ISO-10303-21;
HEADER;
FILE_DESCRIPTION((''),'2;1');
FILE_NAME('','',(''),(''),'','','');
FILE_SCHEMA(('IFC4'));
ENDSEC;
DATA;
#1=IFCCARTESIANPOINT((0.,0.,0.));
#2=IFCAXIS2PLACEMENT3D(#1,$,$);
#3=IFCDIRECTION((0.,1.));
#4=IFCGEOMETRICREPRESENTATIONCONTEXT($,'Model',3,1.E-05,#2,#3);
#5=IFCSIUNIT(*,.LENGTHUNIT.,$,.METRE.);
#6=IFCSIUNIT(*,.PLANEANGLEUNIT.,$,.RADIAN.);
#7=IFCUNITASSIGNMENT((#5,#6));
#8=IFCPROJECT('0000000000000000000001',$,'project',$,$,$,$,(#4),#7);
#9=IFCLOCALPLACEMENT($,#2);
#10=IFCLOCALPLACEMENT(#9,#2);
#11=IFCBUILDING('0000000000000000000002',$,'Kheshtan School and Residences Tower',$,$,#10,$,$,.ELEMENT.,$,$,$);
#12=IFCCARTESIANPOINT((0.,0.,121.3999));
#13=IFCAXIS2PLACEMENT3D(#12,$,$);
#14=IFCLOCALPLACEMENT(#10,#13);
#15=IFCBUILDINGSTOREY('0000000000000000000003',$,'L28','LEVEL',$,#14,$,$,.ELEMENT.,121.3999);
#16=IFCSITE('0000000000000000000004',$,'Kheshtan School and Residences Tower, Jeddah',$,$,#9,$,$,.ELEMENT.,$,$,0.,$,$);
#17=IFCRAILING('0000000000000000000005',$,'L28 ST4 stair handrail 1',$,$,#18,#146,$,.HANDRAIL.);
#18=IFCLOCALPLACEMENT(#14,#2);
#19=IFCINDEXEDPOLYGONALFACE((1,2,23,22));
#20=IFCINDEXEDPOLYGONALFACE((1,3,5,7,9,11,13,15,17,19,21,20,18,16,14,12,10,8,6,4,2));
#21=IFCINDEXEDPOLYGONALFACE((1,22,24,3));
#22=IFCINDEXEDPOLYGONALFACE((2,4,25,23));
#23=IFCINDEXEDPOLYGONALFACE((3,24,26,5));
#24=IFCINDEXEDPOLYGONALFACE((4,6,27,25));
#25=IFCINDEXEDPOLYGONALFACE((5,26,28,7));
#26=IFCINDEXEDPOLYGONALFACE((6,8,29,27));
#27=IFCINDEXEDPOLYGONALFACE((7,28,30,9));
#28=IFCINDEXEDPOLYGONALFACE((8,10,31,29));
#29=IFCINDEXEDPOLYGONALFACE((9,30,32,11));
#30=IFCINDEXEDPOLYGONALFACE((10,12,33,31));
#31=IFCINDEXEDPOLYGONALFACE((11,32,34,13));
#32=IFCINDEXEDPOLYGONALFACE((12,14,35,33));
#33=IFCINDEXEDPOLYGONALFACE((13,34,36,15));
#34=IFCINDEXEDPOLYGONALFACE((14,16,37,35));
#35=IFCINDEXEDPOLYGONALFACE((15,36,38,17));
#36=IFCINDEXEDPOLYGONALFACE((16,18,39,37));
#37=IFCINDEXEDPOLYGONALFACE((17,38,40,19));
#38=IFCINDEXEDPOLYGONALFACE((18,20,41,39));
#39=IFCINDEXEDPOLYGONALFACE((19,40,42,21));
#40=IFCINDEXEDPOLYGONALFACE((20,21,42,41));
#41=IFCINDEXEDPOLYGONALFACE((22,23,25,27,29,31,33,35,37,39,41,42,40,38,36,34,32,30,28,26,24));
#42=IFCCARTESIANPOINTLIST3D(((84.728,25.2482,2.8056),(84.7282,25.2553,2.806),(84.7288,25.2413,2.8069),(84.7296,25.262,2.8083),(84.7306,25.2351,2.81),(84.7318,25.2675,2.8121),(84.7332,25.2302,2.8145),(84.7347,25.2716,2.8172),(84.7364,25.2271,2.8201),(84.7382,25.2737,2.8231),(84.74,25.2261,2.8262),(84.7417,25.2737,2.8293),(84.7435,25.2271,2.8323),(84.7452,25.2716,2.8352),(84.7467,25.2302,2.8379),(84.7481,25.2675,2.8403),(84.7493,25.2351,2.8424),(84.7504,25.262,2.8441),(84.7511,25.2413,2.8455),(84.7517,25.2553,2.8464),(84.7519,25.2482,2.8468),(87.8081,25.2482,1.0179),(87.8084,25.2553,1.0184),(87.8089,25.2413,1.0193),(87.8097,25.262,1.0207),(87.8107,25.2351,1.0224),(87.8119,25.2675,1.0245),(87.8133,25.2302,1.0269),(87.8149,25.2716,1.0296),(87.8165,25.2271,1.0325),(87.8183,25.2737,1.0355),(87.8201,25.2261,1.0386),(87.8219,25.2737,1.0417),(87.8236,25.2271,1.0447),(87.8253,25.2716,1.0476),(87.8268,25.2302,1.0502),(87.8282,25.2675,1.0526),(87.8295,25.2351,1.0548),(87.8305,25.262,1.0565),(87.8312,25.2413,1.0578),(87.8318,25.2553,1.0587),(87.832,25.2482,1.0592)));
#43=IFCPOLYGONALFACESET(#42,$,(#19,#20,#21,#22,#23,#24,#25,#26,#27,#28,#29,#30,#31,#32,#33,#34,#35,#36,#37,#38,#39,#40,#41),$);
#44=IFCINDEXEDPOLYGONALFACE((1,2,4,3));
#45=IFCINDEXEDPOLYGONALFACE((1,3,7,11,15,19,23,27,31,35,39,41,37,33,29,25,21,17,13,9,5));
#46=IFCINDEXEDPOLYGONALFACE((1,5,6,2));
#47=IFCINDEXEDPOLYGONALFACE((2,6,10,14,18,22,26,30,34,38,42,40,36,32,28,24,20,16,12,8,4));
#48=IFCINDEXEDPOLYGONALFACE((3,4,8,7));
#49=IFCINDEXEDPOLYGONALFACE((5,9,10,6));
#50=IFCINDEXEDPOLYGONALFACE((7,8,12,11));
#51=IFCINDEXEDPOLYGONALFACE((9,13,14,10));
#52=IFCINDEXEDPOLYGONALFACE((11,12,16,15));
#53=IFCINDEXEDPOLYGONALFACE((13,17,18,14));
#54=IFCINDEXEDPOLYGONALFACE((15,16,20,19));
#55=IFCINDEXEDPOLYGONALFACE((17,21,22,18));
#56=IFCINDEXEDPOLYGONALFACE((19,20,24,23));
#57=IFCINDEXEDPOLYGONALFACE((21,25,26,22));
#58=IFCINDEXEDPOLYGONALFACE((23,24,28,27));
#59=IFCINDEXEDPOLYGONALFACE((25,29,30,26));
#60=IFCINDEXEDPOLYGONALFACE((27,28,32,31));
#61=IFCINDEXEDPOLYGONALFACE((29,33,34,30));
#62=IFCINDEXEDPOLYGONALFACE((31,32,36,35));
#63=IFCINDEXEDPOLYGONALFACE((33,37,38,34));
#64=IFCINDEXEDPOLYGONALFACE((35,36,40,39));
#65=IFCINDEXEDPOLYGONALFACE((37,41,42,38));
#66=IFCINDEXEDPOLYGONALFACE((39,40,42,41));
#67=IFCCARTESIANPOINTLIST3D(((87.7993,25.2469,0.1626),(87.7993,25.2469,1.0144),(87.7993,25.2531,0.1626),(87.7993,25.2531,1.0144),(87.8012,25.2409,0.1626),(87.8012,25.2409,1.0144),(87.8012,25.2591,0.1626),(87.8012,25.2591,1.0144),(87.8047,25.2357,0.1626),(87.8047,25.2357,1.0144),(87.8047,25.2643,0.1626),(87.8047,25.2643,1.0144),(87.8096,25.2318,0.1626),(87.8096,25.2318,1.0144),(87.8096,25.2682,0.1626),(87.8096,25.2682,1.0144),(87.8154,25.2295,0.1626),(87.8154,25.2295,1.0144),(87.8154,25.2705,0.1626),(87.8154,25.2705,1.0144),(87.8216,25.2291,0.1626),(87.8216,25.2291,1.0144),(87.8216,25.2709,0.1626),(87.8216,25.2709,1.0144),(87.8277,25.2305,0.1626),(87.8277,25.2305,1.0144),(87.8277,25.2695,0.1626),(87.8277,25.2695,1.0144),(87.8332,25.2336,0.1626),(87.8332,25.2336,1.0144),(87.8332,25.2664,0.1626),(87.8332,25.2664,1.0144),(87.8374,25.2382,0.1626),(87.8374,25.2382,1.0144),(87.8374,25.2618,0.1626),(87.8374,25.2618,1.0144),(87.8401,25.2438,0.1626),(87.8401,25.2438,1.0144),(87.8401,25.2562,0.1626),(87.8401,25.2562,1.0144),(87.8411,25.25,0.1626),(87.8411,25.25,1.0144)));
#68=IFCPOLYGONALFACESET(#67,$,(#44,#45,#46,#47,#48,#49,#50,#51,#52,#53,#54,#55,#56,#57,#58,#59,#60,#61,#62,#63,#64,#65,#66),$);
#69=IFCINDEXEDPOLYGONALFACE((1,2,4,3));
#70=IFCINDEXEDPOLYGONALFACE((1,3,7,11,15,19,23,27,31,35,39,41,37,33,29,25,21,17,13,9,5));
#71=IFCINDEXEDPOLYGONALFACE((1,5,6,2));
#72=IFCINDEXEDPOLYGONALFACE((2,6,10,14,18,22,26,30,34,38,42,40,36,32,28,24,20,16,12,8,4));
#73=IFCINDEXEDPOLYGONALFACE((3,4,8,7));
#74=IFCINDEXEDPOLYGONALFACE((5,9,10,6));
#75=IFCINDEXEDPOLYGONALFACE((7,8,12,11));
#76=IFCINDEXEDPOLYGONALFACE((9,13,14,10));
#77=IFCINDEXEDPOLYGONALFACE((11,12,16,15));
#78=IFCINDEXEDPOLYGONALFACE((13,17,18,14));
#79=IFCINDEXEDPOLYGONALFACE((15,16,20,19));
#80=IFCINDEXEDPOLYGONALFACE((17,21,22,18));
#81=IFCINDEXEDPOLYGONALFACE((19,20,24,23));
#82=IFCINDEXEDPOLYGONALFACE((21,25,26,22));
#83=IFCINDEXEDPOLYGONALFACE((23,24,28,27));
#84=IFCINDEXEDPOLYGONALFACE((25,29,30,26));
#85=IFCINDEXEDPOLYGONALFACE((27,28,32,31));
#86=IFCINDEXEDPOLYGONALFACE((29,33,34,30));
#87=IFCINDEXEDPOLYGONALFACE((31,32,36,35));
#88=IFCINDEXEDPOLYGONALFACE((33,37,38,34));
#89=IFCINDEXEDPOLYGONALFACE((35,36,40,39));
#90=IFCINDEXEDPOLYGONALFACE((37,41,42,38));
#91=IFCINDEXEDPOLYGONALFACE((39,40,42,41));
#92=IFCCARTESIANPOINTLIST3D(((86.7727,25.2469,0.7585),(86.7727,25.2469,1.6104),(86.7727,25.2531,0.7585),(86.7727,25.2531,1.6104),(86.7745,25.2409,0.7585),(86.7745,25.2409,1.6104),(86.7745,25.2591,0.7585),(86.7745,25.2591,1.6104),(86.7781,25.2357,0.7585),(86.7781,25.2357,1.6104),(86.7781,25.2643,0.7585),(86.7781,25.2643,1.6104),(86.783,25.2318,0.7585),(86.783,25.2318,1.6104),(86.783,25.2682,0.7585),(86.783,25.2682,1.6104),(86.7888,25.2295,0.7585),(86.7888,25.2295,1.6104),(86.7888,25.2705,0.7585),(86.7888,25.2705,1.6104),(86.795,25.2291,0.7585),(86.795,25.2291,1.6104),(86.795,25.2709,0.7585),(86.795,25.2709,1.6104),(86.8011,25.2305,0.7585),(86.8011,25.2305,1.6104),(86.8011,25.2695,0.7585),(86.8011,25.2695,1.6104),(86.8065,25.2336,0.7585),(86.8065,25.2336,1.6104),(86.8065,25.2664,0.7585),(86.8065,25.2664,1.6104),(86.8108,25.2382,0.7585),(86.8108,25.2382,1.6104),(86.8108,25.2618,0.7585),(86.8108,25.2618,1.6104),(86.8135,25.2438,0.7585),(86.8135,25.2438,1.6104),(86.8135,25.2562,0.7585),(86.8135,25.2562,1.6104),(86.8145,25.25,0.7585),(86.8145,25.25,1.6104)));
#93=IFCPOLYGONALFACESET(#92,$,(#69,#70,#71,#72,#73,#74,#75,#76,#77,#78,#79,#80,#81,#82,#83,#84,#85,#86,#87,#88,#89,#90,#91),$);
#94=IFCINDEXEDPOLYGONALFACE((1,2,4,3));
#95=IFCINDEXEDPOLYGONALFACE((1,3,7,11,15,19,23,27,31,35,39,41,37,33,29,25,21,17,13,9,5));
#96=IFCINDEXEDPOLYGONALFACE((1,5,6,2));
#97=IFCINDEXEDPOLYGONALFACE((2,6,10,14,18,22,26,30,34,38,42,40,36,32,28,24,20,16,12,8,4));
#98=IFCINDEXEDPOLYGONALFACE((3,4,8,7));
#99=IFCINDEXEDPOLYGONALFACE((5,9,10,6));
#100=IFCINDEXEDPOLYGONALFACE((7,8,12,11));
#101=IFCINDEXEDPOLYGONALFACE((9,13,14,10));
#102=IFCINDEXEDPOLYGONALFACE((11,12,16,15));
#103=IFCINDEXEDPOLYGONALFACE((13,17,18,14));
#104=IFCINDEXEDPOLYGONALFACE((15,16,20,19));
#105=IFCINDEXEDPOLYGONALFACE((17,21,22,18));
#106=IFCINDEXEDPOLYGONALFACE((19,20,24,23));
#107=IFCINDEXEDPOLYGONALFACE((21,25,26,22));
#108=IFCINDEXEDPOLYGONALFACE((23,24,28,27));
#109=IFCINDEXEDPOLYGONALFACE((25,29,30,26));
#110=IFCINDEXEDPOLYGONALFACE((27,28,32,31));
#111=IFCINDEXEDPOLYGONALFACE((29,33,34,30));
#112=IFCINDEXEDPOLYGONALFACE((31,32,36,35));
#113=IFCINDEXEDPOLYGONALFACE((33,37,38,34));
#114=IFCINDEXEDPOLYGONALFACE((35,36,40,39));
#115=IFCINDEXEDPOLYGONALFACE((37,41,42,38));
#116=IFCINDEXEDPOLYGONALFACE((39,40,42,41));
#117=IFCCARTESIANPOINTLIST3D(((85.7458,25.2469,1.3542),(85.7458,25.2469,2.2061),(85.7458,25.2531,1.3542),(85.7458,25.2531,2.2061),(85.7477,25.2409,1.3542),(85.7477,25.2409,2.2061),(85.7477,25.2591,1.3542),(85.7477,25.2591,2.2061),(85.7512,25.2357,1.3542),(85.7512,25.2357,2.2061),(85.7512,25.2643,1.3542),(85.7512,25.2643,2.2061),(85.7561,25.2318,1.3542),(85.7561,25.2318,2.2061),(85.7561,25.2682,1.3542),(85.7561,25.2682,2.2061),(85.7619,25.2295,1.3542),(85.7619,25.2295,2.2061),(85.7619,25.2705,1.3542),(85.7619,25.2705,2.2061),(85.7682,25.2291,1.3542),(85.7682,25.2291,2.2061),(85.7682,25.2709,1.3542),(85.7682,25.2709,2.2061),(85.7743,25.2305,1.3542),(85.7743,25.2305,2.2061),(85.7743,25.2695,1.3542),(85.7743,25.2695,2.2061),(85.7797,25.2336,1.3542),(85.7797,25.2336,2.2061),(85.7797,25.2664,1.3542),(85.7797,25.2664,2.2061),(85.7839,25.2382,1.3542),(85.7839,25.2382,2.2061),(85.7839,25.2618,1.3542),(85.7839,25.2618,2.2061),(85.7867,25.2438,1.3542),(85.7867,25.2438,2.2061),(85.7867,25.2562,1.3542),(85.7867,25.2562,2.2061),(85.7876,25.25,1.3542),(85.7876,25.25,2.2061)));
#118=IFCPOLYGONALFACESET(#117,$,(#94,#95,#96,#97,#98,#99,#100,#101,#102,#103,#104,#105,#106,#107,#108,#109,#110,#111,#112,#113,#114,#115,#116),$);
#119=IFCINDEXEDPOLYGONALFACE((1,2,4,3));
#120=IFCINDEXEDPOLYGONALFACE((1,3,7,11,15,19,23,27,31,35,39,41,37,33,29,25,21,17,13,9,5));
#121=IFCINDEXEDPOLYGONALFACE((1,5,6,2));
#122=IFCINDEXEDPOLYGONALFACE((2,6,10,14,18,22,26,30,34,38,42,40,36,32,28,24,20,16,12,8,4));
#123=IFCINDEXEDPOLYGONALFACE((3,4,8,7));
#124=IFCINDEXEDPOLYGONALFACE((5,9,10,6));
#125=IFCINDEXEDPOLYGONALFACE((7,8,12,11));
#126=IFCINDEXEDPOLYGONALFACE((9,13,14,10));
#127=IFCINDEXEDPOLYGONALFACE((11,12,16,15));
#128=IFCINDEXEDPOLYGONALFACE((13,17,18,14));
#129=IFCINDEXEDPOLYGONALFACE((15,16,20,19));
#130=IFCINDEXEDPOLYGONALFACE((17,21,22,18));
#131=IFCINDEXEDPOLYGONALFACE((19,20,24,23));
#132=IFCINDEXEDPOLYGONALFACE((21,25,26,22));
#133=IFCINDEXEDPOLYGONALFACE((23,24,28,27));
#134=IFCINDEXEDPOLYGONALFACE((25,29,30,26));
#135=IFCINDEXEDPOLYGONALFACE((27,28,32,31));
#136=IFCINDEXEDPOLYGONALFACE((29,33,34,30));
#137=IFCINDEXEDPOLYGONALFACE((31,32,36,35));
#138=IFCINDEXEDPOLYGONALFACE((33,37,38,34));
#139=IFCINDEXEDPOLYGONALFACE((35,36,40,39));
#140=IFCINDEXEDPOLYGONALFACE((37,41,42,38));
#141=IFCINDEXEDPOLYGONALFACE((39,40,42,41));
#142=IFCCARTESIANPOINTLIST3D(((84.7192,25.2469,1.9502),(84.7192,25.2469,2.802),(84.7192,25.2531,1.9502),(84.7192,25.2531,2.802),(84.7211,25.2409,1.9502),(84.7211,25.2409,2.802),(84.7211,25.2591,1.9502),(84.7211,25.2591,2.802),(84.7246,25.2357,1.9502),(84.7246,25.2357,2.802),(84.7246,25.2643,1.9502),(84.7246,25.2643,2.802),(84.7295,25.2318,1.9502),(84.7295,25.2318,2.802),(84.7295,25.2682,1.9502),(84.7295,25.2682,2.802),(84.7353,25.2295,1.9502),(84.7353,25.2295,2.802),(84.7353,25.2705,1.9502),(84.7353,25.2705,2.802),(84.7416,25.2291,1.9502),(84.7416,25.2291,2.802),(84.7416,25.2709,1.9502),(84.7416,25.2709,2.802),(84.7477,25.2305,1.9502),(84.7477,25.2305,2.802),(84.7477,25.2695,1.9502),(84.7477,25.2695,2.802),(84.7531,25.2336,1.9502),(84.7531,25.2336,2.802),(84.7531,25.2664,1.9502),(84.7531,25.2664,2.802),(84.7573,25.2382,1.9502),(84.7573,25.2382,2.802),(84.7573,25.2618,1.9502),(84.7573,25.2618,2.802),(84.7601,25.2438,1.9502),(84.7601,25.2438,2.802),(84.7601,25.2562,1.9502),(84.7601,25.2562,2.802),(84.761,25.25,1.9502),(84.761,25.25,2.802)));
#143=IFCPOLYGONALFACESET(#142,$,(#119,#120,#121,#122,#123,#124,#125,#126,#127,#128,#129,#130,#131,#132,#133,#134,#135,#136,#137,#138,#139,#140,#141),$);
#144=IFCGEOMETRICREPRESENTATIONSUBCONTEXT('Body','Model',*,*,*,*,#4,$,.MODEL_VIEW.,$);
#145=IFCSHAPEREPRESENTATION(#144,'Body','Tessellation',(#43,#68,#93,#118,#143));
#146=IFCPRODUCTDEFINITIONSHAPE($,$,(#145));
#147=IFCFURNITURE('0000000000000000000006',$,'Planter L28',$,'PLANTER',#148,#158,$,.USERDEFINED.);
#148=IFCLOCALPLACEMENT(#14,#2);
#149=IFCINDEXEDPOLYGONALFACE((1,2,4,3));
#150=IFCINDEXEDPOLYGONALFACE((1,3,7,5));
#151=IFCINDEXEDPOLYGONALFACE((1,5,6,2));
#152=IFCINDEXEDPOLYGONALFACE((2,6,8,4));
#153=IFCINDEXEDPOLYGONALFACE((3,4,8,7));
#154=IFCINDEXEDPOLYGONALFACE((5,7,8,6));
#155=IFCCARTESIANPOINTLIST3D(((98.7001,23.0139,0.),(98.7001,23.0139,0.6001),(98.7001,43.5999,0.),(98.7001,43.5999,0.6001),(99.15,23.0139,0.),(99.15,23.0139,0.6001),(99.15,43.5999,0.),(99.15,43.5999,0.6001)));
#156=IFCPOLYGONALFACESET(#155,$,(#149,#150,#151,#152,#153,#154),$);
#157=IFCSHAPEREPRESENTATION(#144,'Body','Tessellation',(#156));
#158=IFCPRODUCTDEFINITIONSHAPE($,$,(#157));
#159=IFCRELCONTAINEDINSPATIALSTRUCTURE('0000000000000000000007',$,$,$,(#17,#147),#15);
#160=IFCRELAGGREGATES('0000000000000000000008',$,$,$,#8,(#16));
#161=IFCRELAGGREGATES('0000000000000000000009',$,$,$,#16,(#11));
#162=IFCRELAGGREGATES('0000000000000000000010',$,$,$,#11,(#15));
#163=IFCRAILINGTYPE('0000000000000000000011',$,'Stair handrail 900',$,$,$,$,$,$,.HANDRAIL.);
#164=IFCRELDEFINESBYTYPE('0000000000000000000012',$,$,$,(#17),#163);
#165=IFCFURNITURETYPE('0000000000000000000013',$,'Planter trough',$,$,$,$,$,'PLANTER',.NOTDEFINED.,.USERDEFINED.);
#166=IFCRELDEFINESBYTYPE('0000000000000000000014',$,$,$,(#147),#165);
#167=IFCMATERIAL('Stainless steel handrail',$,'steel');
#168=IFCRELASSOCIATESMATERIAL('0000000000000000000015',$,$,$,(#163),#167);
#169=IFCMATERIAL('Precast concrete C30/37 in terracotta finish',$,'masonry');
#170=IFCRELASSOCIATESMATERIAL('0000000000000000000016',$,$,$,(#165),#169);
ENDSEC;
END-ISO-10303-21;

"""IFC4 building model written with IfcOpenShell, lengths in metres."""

from ifc_helpers import new_model, si_unit, direction, frame, origin, origin_2d, place, context, subcontext, project, spatial, rectangle, circle, extrude, material, type_object, element, save


model = new_model("IFC4")

# Units and contexts
model_context = context("Model", 3, precision=1e-05, world=origin(), true_north=direction((0.0, 1.0)))
body_context = subcontext(model_context, "Body", "Model", "MODEL_VIEW")
ifc_project = project(units=[si_unit("LENGTHUNIT", "METRE"), si_unit("PLANEANGLEUNIT", "RADIAN")], contexts=[model_context])

# Site, building, storey
site_placement = place(None, origin())
site = spatial("IfcSite", under=ifc_project, at=site_placement, Name="Kheshtan School and Residences Tower, Jeddah", CompositionType="ELEMENT", RefElevation=0.0)
building_placement = place(site_placement, origin())
building = spatial("IfcBuilding", under=site, at=building_placement, Name="Kheshtan School and Residences Tower", CompositionType="ELEMENT")
storey_placement = place(building_placement, frame((0.0, 0.0, 121.3999)))
storey = spatial("IfcBuildingStorey", under=building, at=storey_placement, Name="L28", Description="LEVEL", CompositionType="ELEMENT", Elevation=121.3999)

# Railing
ifc_material_1 = material(Name="Stainless steel handrail", Category="steel")
railing_type_1 = type_object("IfcRailingType", Name="Stair handrail 900", PredefinedType="HANDRAIL", material=ifc_material_1)
railing_1_placement = place(storey_placement, frame((87.8201, 25.25, 0.1626)))
element("IfcRailing", 1, at=railing_1_placement, inside=storey, type_object=railing_type_1, Name="L28 ST4 stair handrail 1", PredefinedType="HANDRAIL", context=body_context, shape_type="SweptSolid", body=[
    extrude(circle(Radius=0.0239, at=origin_2d()), frame((0.0, 0.0, 0.876), z_axis=(-0.864891, 0.0, 0.50196), x_axis=(0.0, -1.0, 0.0)), (0.0, 0.0, 1.0), 3.5613),
    extrude(circle(Radius=0.021, at=origin_2d()), origin(), (0.0, 0.0, 1.0), 0.8518),
    extrude(circle(Radius=0.021, at=origin_2d()), frame((-1.0266, 0.0, 0.5959)), (0.0, 0.0, 1.0), 0.8518),
    extrude(circle(Radius=0.021, at=origin_2d()), frame((-2.0535, 0.0, 1.1917)), (0.0, 0.0, 1.0), 0.8518),
    extrude(circle(Radius=0.021, at=origin_2d()), frame((-3.0801, 0.0, 1.7876)), (0.0, 0.0, 1.0), 0.8518),
])

# Furniture
ifc_material_2 = material(Name="Precast concrete C30/37 in terracotta finish", Category="masonry")
furniture_type = type_object("IfcFurnitureType", Name="Planter trough", ElementType="PLANTER", AssemblyPlace="NOTDEFINED", PredefinedType="USERDEFINED", material=ifc_material_2)
furniture_placement = place(storey_placement, frame((98.925, 33.3069, 0.0), z_axis=(0.0, 0.0, 1.0), x_axis=(0.0, -1.0, 0.0)))
element("IfcFurniture", 2, at=furniture_placement, inside=storey, type_object=furniture_type, Name="Planter L28", ObjectType="PLANTER", PredefinedType="USERDEFINED", context=body_context, shape_type="SweptSolid", body=[
    extrude(rectangle(XDim=20.5859, YDim=0.45, at=origin_2d()), origin(), (0.0, 0.0, 1.0), 0.6001),
])

save(model, "model.ifc")
